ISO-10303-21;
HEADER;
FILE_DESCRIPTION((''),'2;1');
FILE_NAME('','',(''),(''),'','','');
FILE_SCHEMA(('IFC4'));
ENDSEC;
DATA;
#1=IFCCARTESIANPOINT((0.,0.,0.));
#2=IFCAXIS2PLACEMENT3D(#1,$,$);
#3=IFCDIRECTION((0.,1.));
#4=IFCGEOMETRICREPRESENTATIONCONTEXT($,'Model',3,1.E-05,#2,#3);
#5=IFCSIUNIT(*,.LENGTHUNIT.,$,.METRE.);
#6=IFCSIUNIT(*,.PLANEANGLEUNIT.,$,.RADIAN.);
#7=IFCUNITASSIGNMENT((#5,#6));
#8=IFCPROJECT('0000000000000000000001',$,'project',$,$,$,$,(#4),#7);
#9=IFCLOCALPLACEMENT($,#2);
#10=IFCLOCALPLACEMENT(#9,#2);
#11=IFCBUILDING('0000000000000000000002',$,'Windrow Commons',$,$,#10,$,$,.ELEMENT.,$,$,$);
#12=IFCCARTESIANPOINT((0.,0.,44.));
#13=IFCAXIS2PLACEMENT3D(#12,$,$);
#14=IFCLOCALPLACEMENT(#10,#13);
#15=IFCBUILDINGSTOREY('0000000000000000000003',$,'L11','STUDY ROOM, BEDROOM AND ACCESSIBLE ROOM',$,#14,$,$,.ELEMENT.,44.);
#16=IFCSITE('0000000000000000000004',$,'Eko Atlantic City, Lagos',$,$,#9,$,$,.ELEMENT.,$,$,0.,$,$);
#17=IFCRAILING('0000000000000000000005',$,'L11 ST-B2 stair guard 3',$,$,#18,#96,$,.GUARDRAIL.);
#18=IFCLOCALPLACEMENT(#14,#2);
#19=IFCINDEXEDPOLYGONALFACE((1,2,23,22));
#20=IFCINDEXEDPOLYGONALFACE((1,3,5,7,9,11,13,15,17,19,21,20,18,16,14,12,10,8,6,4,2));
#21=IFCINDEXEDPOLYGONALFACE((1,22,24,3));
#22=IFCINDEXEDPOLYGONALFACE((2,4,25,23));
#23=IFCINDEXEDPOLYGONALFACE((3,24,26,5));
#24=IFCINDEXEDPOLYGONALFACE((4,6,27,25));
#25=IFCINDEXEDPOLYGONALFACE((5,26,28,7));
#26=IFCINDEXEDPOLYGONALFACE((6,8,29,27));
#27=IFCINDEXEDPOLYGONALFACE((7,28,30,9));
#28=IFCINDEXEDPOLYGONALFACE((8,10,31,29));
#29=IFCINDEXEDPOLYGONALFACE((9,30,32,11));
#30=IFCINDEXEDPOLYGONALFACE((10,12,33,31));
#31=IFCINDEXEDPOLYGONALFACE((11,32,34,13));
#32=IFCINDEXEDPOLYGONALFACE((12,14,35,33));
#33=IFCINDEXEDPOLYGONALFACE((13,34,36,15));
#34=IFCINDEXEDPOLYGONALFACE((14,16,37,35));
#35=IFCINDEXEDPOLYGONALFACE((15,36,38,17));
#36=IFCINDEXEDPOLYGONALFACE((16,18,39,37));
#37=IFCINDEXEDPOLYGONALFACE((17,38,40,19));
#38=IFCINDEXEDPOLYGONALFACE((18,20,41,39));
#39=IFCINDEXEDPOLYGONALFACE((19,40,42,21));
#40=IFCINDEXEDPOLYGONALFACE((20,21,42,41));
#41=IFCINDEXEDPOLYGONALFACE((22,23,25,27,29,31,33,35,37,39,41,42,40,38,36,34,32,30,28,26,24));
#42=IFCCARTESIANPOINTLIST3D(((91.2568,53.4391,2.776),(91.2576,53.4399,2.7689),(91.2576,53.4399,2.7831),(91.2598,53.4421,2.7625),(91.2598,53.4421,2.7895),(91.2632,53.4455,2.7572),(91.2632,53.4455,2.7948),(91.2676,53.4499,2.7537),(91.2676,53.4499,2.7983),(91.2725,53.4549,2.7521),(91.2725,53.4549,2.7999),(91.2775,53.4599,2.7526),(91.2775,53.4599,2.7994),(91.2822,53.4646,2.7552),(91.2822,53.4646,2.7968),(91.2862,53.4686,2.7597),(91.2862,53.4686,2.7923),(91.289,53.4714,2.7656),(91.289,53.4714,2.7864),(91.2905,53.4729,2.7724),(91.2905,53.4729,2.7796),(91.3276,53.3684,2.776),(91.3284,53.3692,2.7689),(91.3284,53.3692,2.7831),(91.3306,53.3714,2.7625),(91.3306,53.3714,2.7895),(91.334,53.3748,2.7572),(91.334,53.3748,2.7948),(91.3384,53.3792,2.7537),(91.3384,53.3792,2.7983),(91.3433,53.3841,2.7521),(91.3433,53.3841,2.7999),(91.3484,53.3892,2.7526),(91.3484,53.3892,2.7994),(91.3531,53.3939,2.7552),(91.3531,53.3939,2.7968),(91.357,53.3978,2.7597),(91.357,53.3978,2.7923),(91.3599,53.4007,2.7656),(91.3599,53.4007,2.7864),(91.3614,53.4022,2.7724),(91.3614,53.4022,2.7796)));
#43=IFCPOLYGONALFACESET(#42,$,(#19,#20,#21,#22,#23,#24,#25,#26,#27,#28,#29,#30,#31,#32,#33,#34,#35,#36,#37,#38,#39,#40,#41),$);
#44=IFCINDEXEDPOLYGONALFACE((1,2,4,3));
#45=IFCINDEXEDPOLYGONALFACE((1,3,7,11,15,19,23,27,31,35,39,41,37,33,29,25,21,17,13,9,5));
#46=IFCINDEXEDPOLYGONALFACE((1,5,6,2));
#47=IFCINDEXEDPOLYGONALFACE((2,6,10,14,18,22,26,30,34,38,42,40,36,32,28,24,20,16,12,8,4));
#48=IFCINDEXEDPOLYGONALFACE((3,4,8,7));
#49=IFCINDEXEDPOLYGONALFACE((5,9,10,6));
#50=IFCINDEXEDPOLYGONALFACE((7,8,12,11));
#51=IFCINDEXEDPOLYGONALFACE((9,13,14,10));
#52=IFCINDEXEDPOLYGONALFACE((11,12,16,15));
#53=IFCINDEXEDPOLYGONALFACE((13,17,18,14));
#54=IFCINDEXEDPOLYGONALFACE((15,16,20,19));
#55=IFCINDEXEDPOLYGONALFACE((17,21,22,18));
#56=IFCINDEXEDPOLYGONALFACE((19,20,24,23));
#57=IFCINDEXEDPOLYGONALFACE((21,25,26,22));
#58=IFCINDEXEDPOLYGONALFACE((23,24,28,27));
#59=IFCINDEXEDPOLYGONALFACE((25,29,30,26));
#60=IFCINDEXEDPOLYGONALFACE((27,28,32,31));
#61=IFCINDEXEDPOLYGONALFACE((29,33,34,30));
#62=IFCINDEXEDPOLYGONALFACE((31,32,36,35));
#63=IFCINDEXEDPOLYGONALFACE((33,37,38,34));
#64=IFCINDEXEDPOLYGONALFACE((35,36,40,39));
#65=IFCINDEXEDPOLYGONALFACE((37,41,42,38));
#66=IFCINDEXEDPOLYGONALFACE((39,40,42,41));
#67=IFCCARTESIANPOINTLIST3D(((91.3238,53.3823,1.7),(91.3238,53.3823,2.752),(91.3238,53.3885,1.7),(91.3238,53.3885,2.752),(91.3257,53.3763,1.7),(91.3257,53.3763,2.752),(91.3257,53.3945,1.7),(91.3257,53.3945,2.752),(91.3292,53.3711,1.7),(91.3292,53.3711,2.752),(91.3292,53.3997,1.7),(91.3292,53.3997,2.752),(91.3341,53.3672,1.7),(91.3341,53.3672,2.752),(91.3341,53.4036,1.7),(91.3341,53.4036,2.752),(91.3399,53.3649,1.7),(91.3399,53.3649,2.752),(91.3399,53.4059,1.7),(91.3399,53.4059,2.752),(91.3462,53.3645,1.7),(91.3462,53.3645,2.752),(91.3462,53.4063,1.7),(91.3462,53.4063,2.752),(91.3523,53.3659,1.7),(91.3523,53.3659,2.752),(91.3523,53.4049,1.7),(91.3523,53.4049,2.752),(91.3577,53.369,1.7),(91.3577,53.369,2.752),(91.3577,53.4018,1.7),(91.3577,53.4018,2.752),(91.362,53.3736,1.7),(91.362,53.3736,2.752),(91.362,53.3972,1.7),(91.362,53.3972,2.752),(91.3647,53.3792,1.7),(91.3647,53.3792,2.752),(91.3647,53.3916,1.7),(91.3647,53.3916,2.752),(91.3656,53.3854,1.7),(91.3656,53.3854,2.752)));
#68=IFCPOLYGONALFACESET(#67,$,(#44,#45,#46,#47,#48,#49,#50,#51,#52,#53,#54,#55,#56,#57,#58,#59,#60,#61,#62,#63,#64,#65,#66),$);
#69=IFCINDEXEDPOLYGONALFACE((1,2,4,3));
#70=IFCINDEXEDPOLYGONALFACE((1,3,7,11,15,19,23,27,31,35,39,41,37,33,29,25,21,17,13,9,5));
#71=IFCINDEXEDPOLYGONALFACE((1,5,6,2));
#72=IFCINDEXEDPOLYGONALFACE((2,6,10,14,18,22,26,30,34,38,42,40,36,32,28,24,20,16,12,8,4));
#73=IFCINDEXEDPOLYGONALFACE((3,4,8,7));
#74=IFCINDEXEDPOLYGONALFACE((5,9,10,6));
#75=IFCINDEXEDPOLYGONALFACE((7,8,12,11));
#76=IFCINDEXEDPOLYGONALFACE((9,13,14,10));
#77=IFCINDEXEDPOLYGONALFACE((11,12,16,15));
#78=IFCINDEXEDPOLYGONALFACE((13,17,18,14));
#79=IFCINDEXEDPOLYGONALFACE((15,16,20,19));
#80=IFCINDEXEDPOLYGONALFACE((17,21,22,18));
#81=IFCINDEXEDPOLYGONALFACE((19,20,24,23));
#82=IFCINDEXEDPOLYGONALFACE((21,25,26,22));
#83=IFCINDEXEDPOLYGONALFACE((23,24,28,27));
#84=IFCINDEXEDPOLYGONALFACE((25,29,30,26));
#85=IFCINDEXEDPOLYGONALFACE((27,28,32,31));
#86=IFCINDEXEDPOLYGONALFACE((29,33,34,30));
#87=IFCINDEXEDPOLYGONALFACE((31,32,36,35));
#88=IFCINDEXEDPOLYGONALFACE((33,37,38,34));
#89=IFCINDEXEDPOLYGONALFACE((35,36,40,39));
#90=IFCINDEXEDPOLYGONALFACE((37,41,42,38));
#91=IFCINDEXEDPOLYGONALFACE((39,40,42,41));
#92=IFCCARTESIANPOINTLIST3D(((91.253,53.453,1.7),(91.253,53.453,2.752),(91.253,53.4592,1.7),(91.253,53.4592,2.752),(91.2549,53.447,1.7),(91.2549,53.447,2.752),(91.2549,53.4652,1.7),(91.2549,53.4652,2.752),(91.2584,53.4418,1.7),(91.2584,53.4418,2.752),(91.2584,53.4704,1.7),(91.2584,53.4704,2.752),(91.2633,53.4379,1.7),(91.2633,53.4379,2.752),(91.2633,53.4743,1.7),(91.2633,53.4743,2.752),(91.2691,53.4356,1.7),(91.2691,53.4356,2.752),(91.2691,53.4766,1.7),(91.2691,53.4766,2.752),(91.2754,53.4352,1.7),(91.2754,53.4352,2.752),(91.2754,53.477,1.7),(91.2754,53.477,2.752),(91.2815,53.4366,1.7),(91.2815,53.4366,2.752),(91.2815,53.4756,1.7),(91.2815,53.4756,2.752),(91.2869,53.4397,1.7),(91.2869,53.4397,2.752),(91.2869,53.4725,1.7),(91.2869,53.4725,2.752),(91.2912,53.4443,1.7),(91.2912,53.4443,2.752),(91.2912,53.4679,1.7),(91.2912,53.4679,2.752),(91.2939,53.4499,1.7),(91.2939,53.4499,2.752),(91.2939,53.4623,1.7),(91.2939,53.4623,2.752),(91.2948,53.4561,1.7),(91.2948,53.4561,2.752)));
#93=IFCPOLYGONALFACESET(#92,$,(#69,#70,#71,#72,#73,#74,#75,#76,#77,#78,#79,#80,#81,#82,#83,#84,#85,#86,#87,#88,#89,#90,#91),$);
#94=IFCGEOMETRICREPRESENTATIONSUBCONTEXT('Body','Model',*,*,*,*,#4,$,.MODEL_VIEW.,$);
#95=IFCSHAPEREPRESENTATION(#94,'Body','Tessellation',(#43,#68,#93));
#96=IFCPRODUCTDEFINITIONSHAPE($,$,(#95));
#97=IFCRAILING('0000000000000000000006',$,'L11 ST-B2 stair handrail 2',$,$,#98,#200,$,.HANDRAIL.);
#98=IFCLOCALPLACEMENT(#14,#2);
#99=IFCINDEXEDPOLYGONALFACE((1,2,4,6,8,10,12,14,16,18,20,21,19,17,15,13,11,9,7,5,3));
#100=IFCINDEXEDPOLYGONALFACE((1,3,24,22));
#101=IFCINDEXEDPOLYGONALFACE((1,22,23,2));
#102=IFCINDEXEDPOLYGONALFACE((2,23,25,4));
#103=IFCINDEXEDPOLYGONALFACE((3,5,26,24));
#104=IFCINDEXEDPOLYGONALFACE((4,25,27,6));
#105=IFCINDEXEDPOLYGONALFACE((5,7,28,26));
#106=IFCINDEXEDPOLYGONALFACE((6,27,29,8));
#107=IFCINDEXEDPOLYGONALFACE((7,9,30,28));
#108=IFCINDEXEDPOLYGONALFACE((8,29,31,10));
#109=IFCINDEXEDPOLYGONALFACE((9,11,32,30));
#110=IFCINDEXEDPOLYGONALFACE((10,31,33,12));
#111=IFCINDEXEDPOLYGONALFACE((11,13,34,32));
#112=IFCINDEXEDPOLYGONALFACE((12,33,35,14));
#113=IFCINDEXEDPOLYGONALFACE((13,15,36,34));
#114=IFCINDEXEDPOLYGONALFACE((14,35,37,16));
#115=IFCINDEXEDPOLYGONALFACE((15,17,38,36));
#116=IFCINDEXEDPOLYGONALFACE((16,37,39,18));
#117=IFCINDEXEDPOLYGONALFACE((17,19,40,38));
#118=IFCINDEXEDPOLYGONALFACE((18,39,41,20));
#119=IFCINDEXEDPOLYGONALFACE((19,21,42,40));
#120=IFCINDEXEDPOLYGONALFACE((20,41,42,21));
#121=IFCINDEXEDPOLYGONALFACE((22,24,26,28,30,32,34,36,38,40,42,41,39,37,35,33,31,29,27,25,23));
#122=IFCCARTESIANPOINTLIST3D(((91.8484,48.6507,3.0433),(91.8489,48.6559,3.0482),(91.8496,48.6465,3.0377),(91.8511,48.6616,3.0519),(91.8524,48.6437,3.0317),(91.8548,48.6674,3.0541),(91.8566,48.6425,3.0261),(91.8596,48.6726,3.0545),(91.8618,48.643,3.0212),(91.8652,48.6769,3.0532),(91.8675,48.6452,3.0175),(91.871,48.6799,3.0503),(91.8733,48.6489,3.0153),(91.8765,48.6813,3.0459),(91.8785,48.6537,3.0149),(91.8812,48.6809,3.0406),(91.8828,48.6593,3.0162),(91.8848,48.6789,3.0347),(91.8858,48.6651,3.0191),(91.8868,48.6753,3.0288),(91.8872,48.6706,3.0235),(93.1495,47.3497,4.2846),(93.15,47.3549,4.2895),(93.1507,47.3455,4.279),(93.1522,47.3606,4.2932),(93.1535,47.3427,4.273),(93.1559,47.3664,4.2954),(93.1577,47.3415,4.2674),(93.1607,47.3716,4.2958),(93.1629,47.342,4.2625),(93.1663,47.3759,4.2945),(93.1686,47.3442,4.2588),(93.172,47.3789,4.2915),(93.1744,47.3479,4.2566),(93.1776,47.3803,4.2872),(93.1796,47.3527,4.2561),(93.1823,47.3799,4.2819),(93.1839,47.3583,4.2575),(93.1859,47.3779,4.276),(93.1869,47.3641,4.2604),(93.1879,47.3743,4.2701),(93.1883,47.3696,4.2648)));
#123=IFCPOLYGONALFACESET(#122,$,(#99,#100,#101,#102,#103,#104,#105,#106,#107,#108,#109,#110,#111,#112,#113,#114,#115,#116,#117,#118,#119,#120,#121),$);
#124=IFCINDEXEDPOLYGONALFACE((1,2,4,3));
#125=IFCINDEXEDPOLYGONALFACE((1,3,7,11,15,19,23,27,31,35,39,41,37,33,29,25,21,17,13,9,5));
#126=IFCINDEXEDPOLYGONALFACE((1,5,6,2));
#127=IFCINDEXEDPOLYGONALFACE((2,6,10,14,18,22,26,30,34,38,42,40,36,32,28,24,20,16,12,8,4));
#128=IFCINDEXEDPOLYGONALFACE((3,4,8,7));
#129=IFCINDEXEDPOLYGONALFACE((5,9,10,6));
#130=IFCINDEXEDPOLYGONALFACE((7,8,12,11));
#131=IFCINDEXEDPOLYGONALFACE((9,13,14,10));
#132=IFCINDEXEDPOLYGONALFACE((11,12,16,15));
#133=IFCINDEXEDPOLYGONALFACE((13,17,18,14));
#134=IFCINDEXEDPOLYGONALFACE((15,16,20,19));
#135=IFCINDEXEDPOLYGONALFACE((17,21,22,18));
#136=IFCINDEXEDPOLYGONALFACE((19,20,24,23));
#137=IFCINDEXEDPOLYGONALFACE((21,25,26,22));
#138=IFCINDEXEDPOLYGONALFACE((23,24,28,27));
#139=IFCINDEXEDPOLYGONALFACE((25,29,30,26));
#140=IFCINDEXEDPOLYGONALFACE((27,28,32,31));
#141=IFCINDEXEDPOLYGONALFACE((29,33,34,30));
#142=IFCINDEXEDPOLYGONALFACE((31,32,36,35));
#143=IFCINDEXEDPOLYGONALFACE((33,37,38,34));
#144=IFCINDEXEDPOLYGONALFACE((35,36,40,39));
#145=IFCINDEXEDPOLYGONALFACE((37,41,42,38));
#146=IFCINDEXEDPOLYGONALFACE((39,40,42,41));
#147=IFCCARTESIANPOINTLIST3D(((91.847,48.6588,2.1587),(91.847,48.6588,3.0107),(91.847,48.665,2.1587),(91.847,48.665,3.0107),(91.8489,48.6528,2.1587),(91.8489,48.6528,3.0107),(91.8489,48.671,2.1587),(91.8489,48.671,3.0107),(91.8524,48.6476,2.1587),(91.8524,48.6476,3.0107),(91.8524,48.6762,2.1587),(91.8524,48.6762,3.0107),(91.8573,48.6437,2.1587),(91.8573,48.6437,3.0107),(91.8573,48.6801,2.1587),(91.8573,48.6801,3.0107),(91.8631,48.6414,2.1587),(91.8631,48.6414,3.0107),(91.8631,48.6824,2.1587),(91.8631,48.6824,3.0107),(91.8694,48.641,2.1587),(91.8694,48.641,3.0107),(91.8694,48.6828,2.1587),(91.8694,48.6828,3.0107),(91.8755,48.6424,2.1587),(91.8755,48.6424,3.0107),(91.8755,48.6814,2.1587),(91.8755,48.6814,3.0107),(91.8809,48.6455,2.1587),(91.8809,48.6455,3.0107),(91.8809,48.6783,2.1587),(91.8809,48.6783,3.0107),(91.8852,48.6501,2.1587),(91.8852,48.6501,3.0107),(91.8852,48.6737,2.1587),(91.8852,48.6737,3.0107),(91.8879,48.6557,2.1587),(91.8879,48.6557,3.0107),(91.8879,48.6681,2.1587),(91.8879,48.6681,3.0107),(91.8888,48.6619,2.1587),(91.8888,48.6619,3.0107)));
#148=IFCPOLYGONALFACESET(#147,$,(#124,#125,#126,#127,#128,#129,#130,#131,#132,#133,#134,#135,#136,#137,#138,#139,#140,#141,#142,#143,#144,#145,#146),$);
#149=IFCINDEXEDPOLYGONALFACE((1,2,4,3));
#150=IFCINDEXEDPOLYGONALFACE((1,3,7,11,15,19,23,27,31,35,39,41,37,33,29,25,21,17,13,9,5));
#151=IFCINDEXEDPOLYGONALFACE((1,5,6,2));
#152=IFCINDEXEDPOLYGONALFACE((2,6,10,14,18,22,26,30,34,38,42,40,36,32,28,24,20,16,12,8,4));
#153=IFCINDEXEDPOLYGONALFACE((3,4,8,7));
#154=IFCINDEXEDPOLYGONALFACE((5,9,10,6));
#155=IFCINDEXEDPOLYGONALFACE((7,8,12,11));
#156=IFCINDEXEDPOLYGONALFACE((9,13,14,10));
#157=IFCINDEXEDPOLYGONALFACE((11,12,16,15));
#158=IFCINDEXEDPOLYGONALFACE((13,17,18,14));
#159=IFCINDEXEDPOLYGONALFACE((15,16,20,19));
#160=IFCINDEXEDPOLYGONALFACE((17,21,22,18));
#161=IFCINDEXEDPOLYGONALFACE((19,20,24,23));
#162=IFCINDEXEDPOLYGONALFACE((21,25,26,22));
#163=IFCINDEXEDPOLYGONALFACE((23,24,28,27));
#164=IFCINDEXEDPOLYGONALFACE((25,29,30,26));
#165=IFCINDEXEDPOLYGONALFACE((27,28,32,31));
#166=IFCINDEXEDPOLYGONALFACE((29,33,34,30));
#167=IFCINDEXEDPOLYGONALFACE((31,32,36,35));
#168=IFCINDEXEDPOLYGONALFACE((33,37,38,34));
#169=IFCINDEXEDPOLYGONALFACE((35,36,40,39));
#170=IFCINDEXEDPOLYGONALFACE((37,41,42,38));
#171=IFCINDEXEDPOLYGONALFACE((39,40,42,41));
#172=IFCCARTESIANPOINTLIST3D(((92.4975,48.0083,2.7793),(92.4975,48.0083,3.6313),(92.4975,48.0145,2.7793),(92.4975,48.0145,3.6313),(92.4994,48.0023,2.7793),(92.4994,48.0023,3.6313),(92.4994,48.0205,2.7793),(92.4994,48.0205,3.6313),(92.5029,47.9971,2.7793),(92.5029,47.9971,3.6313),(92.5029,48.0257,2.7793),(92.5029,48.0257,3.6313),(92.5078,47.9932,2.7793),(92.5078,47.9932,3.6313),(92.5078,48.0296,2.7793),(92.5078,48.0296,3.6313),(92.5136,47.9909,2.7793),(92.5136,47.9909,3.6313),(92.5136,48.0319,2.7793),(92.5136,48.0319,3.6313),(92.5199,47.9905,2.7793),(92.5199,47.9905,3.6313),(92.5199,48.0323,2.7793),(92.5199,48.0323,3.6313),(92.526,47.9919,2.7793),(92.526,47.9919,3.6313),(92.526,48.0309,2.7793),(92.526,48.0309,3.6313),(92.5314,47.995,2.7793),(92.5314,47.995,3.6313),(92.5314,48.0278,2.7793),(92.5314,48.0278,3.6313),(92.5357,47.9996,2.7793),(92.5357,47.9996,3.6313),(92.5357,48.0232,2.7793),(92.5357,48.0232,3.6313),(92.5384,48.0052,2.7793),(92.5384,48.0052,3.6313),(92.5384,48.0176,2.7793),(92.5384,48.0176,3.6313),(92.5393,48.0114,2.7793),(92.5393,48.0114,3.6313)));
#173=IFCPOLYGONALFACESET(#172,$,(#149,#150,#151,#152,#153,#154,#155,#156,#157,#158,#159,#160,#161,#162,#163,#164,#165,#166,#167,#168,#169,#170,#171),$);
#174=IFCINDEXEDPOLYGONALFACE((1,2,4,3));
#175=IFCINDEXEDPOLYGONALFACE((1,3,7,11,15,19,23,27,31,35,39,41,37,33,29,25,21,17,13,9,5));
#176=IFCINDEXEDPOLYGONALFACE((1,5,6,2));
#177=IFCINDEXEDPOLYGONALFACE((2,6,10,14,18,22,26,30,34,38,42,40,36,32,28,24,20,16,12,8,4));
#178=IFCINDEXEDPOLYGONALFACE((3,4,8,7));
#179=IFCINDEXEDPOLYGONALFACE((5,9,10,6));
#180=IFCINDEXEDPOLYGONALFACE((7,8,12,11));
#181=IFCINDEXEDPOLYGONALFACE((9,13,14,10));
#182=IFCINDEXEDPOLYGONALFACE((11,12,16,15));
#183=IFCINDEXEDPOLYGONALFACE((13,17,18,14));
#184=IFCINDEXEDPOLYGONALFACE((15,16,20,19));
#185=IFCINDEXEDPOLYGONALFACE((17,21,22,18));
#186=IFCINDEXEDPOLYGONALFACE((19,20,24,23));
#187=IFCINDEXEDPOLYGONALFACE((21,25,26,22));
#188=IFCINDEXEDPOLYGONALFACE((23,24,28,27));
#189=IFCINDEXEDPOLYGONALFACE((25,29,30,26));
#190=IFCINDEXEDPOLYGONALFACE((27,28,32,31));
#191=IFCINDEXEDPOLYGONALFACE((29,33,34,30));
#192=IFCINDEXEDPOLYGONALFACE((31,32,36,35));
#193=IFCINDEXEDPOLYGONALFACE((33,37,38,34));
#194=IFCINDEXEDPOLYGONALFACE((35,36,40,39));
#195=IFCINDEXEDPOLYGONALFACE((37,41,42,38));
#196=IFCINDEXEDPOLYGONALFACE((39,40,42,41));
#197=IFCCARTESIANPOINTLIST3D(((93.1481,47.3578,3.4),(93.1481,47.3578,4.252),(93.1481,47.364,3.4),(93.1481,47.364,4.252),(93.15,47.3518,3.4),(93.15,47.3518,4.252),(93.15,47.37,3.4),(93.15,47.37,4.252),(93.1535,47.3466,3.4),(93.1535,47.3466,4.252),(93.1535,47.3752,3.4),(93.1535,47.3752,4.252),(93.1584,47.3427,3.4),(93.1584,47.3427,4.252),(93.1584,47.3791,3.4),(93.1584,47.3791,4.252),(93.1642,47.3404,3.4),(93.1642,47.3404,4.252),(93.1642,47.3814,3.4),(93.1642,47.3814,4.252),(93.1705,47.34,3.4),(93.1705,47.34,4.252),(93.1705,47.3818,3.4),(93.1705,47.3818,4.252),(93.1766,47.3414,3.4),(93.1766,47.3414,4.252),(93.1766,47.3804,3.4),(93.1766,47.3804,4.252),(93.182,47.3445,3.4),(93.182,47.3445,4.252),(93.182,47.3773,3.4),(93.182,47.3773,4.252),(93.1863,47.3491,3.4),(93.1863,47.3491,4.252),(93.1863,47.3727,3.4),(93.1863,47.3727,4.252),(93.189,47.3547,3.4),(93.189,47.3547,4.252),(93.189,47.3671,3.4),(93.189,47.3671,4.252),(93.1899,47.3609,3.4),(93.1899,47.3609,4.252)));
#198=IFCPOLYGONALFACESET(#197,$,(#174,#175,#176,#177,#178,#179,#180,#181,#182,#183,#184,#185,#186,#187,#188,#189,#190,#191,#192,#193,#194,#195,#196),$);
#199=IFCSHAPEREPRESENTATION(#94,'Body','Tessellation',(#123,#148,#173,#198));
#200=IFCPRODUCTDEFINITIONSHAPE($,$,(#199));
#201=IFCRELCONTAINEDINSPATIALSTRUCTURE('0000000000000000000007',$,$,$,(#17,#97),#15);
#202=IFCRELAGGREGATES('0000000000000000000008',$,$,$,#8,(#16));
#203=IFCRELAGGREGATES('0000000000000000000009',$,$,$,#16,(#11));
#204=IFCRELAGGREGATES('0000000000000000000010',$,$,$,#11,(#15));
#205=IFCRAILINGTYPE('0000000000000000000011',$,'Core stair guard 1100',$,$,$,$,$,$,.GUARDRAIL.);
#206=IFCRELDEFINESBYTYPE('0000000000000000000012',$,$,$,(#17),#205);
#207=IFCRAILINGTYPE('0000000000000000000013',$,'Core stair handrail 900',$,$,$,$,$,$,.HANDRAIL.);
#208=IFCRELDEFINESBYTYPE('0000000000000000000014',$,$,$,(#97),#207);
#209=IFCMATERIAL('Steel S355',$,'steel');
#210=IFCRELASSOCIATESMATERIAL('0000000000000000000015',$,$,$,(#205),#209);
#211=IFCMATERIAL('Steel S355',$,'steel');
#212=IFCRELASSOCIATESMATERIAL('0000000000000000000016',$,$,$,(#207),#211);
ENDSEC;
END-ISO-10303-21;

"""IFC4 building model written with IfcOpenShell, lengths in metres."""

from ifc_helpers import new_model, si_unit, direction, frame, origin, origin_2d, place, context, subcontext, project, spatial, circle, extrude, material, type_object, element, save


model = new_model("IFC4")

# Units and contexts
model_context = context("Model", 3, precision=1e-05, world=origin(), true_north=direction((0.0, 1.0)))
body_context = subcontext(model_context, "Body", "Model", "MODEL_VIEW")
ifc_project = project(units=[si_unit("LENGTHUNIT", "METRE"), si_unit("PLANEANGLEUNIT", "RADIAN")], contexts=[model_context])

# Site, building, storey
site_placement = place(None, origin())
site = spatial("IfcSite", under=ifc_project, at=site_placement, Name="Eko Atlantic City, Lagos", CompositionType="ELEMENT", RefElevation=0.0)
building_placement = place(site_placement, origin())
building = spatial("IfcBuilding", under=site, at=building_placement, Name="Windrow Commons", CompositionType="ELEMENT")
storey_placement = place(building_placement, frame((0.0, 0.0, 44.0)))
storey = spatial("IfcBuildingStorey", under=building, at=storey_placement, Name="L11", Description="STUDY ROOM, BEDROOM AND ACCESSIBLE ROOM", CompositionType="ELEMENT", Elevation=44.0)

# Railings
ifc_material_1 = material(Name="Steel S355", Category="steel")
railing_type_1 = type_object("IfcRailingType", Name="Core stair guard 1100", PredefinedType="GUARDRAIL", material=ifc_material_1)
railing_1_placement = place(storey_placement, frame((91.3446, 53.3854, 1.7)))
element("IfcRailing", 1, at=railing_1_placement, inside=storey, type_object=railing_type_1, Name="L11 ST-B2 stair guard 3", PredefinedType="GUARDRAIL", context=body_context, shape_type="SweptSolid", body=[
    extrude(circle(Radius=0.024, at=origin_2d()), frame((0.0, 0.0, 1.076), z_axis=(-0.707606, 0.706607, 0.0), x_axis=(-0.706607, -0.707606, 0.0)), (0.0, 0.0, 1.0), 0.1001),
    extrude(circle(Radius=0.021, at=origin_2d()), origin(), (0.0, 0.0, 1.0), 1.052),
    extrude(circle(Radius=0.021, at=origin_2d()), frame((-0.0708, 0.0707, 0.0)), (0.0, 0.0, 1.0), 1.052),
])
ifc_material_2 = material(Name="Steel S355", Category="steel")
railing_type_2 = type_object("IfcRailingType", Name="Core stair handrail 900", PredefinedType="HANDRAIL", material=ifc_material_2)
railing_2_placement = place(storey_placement, frame((91.8678, 48.6619, 2.1587)))
element("IfcRailing", 2, at=railing_2_placement, inside=storey, type_object=railing_type_2, Name="L11 ST-B2 stair handrail 2", PredefinedType="HANDRAIL", context=body_context, shape_type="SweptSolid", body=[
    extrude(circle(Radius=0.024, at=origin_2d()), frame((0.0, 0.0, 0.876), z_axis=(0.586207, -0.586162, 0.559264), x_axis=(0.70708, 0.707134, 0.0)), (0.0, 0.0, 1.0), 2.2195),
    extrude(circle(Radius=0.021, at=origin_2d()), origin(), (0.0, 0.0, 1.0), 0.852),
    extrude(circle(Radius=0.021, at=origin_2d()), frame((0.6505, -0.6505, 0.6206)), (0.0, 0.0, 1.0), 0.852),
    extrude(circle(Radius=0.021, at=origin_2d()), frame((1.3011, -1.301, 1.2413)), (0.0, 0.0, 1.0), 0.852),
])

save(model, "model.ifc")
